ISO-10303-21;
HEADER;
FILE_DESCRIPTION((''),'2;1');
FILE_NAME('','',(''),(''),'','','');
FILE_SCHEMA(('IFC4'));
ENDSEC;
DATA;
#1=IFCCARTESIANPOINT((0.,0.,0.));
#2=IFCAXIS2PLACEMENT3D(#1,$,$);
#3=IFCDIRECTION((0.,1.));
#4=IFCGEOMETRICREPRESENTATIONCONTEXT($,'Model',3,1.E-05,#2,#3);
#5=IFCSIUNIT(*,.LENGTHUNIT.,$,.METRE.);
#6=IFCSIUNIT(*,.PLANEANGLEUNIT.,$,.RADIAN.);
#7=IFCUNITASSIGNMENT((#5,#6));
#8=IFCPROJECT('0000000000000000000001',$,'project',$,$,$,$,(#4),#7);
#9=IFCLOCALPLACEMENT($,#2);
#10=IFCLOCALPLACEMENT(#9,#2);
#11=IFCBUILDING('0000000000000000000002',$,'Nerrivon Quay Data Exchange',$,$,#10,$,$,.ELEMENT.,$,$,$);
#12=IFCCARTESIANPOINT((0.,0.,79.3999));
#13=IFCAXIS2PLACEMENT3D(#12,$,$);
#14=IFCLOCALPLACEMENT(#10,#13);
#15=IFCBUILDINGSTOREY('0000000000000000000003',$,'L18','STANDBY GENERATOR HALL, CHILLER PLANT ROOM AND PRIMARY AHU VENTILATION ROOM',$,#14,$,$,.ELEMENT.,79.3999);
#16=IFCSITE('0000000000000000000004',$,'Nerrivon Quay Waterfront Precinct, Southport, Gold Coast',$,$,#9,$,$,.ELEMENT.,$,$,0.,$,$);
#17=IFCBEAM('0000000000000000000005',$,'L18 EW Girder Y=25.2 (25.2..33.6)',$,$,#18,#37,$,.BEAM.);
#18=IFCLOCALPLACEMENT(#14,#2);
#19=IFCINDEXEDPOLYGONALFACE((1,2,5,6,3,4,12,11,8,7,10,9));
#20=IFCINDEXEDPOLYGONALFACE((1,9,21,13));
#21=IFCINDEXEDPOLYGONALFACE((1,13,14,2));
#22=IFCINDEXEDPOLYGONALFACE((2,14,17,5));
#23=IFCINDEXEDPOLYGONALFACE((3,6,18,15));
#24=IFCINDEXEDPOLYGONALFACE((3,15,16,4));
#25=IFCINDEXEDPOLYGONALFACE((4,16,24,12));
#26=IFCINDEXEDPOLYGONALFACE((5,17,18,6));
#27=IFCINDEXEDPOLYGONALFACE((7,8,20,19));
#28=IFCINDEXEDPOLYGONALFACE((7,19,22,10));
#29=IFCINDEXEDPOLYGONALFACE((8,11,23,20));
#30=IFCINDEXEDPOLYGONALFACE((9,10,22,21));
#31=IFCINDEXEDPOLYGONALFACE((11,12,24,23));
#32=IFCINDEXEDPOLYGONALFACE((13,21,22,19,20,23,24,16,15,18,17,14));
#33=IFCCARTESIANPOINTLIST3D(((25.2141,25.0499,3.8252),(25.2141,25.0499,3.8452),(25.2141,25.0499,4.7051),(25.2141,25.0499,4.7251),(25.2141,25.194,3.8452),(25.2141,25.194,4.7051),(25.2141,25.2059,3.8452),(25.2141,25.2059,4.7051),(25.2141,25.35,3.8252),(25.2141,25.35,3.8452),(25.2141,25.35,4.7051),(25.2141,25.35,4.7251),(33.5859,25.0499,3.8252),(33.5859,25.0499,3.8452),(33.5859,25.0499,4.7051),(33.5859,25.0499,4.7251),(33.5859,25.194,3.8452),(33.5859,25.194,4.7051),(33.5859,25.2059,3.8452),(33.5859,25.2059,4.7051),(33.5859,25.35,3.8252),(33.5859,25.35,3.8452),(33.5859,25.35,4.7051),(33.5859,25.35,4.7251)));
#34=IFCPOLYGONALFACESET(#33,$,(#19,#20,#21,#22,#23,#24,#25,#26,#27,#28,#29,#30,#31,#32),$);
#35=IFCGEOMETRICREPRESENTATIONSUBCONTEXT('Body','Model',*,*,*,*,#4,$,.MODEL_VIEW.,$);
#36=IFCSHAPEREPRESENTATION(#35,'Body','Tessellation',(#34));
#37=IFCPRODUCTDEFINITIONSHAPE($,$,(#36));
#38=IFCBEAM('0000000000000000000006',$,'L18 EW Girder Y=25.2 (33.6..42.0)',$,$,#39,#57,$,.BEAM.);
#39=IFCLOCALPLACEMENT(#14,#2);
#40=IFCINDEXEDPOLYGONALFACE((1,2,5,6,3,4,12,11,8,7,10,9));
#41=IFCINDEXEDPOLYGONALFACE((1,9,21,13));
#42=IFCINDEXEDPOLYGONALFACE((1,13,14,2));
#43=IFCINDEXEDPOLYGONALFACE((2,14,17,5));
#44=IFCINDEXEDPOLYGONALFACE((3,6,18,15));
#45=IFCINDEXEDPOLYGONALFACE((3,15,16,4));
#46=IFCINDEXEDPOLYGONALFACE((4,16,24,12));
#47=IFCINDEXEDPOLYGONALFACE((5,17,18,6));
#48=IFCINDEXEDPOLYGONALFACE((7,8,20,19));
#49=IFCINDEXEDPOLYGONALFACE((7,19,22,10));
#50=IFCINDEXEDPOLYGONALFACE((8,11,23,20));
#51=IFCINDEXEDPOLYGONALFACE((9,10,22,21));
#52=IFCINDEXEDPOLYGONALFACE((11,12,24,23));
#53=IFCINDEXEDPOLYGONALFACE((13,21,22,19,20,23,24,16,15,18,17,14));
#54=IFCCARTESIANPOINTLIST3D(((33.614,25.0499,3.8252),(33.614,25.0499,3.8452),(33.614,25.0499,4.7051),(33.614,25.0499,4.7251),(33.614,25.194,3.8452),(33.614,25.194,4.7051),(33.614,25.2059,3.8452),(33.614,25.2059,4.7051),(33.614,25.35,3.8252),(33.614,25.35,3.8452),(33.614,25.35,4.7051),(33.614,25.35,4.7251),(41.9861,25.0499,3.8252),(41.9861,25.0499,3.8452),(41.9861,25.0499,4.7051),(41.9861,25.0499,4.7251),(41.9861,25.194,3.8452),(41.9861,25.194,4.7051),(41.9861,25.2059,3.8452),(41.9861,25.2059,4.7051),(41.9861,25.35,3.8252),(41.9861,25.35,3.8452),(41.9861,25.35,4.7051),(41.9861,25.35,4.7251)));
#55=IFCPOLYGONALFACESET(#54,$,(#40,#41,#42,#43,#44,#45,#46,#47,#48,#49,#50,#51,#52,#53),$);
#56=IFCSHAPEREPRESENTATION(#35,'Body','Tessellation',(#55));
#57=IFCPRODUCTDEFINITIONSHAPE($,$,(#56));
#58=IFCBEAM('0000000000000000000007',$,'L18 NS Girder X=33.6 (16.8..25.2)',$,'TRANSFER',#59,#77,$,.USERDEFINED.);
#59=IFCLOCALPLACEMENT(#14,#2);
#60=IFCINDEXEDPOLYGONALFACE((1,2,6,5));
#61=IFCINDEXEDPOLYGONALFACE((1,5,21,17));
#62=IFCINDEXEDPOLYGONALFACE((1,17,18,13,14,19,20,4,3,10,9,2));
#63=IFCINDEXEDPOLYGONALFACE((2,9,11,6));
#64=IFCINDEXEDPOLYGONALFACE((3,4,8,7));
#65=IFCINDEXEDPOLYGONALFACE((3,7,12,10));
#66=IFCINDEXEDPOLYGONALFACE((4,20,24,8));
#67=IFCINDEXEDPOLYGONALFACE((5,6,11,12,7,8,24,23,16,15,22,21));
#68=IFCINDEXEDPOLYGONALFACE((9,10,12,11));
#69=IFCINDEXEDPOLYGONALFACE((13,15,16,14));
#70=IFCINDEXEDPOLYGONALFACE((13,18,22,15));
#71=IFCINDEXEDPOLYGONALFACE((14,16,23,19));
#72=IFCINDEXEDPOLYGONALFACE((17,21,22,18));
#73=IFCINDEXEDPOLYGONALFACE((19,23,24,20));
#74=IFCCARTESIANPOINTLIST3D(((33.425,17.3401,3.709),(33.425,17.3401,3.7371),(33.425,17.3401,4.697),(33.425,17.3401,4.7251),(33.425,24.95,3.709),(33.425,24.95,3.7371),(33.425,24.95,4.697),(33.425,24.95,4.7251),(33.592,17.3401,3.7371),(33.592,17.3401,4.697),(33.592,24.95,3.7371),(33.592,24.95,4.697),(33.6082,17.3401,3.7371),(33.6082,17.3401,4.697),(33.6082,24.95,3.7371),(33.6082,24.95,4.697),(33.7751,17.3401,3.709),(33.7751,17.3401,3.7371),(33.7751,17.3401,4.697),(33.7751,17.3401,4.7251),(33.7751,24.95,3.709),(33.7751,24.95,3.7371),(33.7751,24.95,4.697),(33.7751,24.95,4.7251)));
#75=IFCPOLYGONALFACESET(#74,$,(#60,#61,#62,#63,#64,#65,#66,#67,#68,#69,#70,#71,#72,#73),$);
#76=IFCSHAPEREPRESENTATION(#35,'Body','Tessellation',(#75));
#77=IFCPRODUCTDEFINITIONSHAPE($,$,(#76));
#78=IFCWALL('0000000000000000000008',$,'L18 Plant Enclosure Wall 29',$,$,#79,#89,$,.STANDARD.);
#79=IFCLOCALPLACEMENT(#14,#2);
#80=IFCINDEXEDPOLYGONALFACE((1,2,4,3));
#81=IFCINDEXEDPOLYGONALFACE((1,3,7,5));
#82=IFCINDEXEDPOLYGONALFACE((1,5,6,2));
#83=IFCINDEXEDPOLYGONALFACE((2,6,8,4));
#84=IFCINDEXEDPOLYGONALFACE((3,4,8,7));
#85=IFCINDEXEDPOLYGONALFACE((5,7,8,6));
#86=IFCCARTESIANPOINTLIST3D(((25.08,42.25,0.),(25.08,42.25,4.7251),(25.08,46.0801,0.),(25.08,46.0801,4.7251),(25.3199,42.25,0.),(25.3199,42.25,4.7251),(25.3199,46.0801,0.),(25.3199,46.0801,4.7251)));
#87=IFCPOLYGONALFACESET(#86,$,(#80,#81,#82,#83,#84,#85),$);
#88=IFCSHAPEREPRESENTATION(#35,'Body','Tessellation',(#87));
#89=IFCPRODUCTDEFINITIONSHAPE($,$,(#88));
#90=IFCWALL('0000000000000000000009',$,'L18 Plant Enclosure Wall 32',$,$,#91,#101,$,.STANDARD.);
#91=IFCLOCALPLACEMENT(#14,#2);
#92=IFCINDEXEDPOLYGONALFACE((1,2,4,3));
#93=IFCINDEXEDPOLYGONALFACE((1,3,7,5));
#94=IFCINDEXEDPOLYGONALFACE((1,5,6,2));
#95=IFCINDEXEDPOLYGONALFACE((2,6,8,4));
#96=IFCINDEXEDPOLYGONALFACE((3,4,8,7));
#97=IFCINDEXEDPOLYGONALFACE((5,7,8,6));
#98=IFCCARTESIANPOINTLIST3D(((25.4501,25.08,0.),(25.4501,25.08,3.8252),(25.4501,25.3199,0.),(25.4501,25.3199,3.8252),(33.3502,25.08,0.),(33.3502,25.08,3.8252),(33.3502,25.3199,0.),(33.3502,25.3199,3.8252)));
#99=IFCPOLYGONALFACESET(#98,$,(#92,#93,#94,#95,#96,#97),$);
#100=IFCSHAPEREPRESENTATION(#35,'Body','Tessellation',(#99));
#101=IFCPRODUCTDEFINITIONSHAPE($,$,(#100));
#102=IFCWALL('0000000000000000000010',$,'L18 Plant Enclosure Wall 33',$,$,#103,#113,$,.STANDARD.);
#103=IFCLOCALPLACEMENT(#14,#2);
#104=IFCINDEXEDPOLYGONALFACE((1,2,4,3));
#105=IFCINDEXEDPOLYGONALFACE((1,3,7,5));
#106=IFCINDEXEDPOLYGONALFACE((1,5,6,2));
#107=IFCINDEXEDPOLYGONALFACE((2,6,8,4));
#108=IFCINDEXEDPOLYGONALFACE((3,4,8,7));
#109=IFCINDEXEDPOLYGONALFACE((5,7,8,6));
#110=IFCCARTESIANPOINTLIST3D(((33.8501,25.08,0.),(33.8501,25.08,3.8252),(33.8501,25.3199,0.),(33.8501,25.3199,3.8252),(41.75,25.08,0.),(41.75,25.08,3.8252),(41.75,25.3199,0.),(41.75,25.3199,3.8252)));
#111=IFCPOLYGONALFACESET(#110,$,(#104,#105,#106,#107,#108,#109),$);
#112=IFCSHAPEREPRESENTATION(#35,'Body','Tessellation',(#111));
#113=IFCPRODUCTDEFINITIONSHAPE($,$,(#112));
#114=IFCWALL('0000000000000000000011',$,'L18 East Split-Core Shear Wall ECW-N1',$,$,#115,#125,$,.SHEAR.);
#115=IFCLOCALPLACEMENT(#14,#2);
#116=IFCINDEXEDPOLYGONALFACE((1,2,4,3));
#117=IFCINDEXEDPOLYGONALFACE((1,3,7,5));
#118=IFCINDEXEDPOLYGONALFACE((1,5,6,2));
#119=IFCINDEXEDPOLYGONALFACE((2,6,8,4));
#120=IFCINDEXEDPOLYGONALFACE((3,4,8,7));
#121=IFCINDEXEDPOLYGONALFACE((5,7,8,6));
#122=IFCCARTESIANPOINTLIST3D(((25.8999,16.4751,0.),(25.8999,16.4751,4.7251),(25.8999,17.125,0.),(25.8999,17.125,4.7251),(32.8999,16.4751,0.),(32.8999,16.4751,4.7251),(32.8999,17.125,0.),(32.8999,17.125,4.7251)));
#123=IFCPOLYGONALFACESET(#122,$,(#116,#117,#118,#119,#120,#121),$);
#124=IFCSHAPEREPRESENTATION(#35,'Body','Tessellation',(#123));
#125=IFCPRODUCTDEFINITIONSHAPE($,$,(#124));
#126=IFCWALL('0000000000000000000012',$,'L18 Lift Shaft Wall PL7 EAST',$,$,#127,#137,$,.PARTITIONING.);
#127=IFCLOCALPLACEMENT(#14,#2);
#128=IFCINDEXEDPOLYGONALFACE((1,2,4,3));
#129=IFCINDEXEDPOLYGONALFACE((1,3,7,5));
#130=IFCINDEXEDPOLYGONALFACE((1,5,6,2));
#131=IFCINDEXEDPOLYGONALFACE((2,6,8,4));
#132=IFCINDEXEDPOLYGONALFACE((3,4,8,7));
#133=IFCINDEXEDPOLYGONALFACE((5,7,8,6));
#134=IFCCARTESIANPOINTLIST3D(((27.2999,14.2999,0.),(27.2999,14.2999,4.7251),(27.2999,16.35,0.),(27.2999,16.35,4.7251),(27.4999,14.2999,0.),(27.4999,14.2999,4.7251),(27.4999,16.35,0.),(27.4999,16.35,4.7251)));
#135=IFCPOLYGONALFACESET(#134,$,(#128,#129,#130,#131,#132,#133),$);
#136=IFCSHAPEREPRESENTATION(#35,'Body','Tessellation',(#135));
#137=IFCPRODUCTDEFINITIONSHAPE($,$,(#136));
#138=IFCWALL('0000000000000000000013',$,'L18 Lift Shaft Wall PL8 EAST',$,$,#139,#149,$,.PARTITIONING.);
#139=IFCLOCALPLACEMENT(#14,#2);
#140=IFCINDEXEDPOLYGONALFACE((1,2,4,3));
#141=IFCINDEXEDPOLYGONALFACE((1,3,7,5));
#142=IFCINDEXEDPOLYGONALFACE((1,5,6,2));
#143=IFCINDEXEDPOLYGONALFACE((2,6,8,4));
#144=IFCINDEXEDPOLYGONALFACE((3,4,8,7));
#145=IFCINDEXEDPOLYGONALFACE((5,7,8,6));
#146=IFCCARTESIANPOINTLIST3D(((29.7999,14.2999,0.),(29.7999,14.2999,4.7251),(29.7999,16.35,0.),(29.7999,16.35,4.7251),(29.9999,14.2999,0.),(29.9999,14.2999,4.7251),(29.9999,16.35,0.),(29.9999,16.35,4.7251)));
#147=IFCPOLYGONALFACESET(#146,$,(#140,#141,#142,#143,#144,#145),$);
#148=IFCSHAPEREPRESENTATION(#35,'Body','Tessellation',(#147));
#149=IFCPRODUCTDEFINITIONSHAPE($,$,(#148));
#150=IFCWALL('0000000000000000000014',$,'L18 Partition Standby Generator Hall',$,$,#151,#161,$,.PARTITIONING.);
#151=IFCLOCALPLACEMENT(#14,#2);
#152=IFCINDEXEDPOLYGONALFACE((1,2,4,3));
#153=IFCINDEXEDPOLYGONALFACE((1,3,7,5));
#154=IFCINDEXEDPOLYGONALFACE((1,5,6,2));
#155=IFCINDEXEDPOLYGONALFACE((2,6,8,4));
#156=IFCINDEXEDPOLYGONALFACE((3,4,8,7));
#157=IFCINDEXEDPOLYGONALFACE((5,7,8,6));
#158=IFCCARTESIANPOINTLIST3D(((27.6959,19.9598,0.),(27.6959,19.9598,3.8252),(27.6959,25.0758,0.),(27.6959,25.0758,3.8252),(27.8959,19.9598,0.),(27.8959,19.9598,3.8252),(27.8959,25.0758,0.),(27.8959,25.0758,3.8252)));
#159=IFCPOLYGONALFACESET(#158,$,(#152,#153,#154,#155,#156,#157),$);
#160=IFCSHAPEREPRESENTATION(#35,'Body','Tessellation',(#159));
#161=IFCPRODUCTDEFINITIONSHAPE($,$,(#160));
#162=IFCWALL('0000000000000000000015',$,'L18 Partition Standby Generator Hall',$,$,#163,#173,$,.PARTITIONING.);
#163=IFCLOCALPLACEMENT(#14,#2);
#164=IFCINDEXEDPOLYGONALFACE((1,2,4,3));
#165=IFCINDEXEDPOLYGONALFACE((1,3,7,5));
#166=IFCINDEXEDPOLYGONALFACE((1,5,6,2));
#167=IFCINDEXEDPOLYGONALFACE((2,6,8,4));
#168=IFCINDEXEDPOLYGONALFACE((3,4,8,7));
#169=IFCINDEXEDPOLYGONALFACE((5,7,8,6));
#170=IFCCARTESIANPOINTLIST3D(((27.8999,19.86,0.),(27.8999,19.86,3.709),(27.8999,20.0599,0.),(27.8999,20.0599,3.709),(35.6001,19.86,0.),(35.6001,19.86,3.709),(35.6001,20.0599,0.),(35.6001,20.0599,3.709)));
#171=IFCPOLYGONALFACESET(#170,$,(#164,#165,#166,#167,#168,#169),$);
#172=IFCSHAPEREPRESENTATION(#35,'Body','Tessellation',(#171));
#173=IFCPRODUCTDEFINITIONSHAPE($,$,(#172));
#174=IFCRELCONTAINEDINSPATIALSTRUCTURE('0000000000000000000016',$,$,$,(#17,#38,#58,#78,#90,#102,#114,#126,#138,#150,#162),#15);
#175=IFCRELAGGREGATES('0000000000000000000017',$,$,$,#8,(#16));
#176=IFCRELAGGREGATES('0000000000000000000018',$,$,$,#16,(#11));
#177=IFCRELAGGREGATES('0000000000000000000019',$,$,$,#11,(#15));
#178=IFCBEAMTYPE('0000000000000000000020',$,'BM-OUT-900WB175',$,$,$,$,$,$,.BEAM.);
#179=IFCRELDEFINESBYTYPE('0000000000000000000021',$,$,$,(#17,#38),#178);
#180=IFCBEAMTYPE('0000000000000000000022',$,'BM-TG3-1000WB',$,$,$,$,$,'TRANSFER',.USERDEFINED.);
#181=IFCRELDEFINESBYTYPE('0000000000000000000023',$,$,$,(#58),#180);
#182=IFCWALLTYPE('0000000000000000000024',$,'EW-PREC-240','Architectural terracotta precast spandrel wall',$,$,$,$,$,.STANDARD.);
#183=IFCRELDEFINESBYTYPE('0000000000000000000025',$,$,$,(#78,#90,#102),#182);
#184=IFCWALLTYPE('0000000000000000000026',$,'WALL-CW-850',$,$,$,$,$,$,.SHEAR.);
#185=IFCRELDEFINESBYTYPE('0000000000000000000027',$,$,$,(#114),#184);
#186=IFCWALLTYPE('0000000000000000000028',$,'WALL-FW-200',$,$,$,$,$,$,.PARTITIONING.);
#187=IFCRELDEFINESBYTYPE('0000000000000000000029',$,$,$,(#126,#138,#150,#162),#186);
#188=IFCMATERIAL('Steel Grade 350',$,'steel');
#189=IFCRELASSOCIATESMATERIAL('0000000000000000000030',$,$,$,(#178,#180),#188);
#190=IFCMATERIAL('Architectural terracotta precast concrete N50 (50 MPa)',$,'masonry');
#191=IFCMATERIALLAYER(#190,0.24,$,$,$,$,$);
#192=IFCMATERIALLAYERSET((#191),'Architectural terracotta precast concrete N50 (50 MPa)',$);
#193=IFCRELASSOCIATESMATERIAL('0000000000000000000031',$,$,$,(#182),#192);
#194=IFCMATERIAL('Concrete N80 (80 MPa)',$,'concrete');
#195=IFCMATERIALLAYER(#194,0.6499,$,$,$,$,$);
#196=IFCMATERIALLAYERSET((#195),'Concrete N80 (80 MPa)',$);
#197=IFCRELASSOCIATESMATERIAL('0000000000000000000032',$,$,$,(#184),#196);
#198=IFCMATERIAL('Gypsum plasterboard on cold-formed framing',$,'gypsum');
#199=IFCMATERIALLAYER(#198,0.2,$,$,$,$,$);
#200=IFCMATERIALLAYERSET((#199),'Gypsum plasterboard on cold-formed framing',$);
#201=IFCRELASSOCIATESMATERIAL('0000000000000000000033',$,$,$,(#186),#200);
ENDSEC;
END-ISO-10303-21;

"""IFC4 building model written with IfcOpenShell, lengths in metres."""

from ifc_helpers import new_model, si_unit, direction, frame, frame_2d, origin, origin_2d, place, context, subcontext, project, spatial, rectangle, i_section, extrude, material, layer, layer_set, material_profile, profile_set, type_object, element, save


model = new_model("IFC4")

# Units and contexts
model_context = context("Model", 3, precision=1e-05, world=origin(), true_north=direction((0.0, 1.0)))
body_context = subcontext(model_context, "Body", "Model", "MODEL_VIEW")
ifc_project = project(units=[si_unit("LENGTHUNIT", "METRE"), si_unit("PLANEANGLEUNIT", "RADIAN")], contexts=[model_context])

# Site, building, storey
site_placement = place(None, origin())
site = spatial("IfcSite", under=ifc_project, at=site_placement, Name="Nerrivon Quay Waterfront Precinct, Southport, Gold Coast", CompositionType="ELEMENT", RefElevation=0.0)
building_placement = place(site_placement, origin())
building = spatial("IfcBuilding", under=site, at=building_placement, Name="Nerrivon Quay Data Exchange", CompositionType="ELEMENT")
storey_placement = place(building_placement, frame((0.0, 0.0, 79.3999)))
storey = spatial("IfcBuildingStorey", under=building, at=storey_placement, Name="L18", Description="STANDBY GENERATOR HALL, CHILLER PLANT ROOM AND PRIMARY AHU VENTILATION ROOM", CompositionType="ELEMENT", Elevation=79.3999)

# Shared definitions
ifc_material_1 = material(Name="Concrete N80 (80 MPa)", Category="concrete")
ifc_material_2 = material(Name="Steel Grade 350", Category="steel")

# Beams
ifc_material_profile_1 = material_profile(ifc_material_2, i_section(OverallWidth=0.3, OverallDepth=0.8999, WebThickness=0.012, FlangeThickness=0.02, at=origin_2d()), Name="900WB175")
ifc_profile_set_1 = profile_set([ifc_material_profile_1], Name="Steel Grade 350")
beam_type_1 = type_object("IfcBeamType", Name="BM-OUT-900WB175", PredefinedType="BEAM", material=ifc_profile_set_1)
beam_1_placement = place(storey_placement, frame((25.2141, 25.2, 4.2751), z_axis=(1.0, 0.0, 0.0), x_axis=(0.0, 1.0, 0.0)))
element("IfcBeam", 1, at=beam_1_placement, inside=storey, type_object=beam_type_1, Name="L18 EW Girder Y=25.2 (25.2..33.6)", PredefinedType="BEAM", context=body_context, shape_type="SweptSolid", body=[
    extrude(i_section(OverallWidth=0.3, OverallDepth=0.8999, WebThickness=0.012, FlangeThickness=0.02, at=origin_2d()), origin(), (0.0, 0.0, 1.0), 8.3718),
])
beam_2_placement = place(storey_placement, frame((33.614, 25.2, 4.2751), z_axis=(1.0, 0.0, 0.0), x_axis=(0.0, 1.0, 0.0)))
element("IfcBeam", 2, at=beam_2_placement, inside=storey, type_object=beam_type_1, Name="L18 EW Girder Y=25.2 (33.6..42.0)", PredefinedType="BEAM", context=body_context, shape_type="SweptSolid", body=[
    extrude(i_section(OverallWidth=0.3, OverallDepth=0.8999, WebThickness=0.012, FlangeThickness=0.02, at=origin_2d()), origin(), (0.0, 0.0, 1.0), 8.3721),
])
ifc_material_profile_2 = material_profile(ifc_material_2, i_section(OverallWidth=0.3501, OverallDepth=1.0161, WebThickness=0.0161, FlangeThickness=0.0281, at=origin_2d()), Name="1000WB258")
ifc_profile_set_2 = profile_set([ifc_material_profile_2], Name="Steel Grade 350")
beam_type_2 = type_object("IfcBeamType", Name="BM-TG3-1000WB", ElementType="TRANSFER", PredefinedType="USERDEFINED", material=ifc_profile_set_2)
beam_3_placement = place(storey_placement, frame((33.6001, 17.3401, 4.217), z_axis=(0.0, 1.0, 0.0), x_axis=(-1.0, 0.0, 0.0)))
element("IfcBeam", 3, at=beam_3_placement, inside=storey, type_object=beam_type_2, Name="L18 NS Girder X=33.6 (16.8..25.2)", ObjectType="TRANSFER", PredefinedType="USERDEFINED", context=body_context, shape_type="SweptSolid", body=[
    extrude(i_section(OverallWidth=0.3501, OverallDepth=1.0161, WebThickness=0.0161, FlangeThickness=0.0281, at=origin_2d()), origin(), (0.0, 0.0, 1.0), 7.6099),
])

# Walls
ifc_material_3 = material(Name="Architectural terracotta precast concrete N50 (50 MPa)", Category="masonry")
ifc_layer_1 = layer(ifc_material_3, 0.24)
ifc_layer_set_1 = layer_set([ifc_layer_1], Name="Architectural terracotta precast concrete N50 (50 MPa)")
wall_type_1 = type_object("IfcWallType", Name="EW-PREC-240", Description="Architectural terracotta precast spandrel wall", PredefinedType="STANDARD", material=ifc_layer_set_1)
wall_1_placement = place(storey_placement, frame((25.2, 46.0801, 0.0), z_axis=(0.0, 0.0, 1.0), x_axis=(0.0, -1.0, 0.0)))
element("IfcWall", 4, at=wall_1_placement, inside=storey, type_object=wall_type_1, Name="L18 Plant Enclosure Wall 29", PredefinedType="STANDARD", context=body_context, shape_type="SweptSolid", body=[
    extrude(rectangle(XDim=3.8301, YDim=0.24, at=frame_2d((1.915, 0.0))), origin(), (0.0, 0.0, 1.0), 4.7251),
])
wall_2_placement = place(storey_placement, frame((25.45, 25.2, 0.0), z_axis=(0.0, 0.0, 1.0), x_axis=(1.0, 0.0, 0.0)))
element("IfcWall", 5, at=wall_2_placement, inside=storey, type_object=wall_type_1, Name="L18 Plant Enclosure Wall 32", PredefinedType="STANDARD", context=body_context, shape_type="SweptSolid", body=[
    extrude(rectangle(XDim=7.9001, YDim=0.24, at=frame_2d((3.9502, 0.0))), origin(), (0.0, 0.0, 1.0), 3.8252),
])
wall_3_placement = place(storey_placement, frame((33.8501, 25.2, 0.0), z_axis=(0.0, 0.0, 1.0), x_axis=(1.0, 0.0, 0.0)))
element("IfcWall", 6, at=wall_3_placement, inside=storey, type_object=wall_type_1, Name="L18 Plant Enclosure Wall 33", PredefinedType="STANDARD", context=body_context, shape_type="SweptSolid", body=[
    extrude(rectangle(XDim=7.8999, YDim=0.24, at=frame_2d((3.95, 0.0))), origin(), (0.0, 0.0, 1.0), 3.8252),
])
ifc_layer_2 = layer(ifc_material_1, 0.6499)
ifc_layer_set_2 = layer_set([ifc_layer_2], Name="Concrete N80 (80 MPa)")
wall_type_2 = type_object("IfcWallType", Name="WALL-CW-850", PredefinedType="SHEAR", material=ifc_layer_set_2)
wall_4_placement = place(storey_placement, frame((25.8999, 16.8, 0.0), z_axis=(0.0, 0.0, 1.0), x_axis=(1.0, 0.0, 0.0)))
element("IfcWall", 7, at=wall_4_placement, inside=storey, type_object=wall_type_2, Name="L18 East Split-Core Shear Wall ECW-N1", PredefinedType="SHEAR", context=body_context, shape_type="SweptSolid", body=[
    extrude(rectangle(XDim=7.0, YDim=0.6499, at=frame_2d((3.5, 0.0))), origin(), (0.0, 0.0, 1.0), 4.7251),
])
ifc_material_4 = material(Name="Gypsum plasterboard on cold-formed framing", Category="gypsum")
ifc_layer_3 = layer(ifc_material_4, 0.2)
ifc_layer_set_3 = layer_set([ifc_layer_3], Name="Gypsum plasterboard on cold-formed framing")
wall_type_3 = type_object("IfcWallType", Name="WALL-FW-200", PredefinedType="PARTITIONING", material=ifc_layer_set_3)
for number, where, z_axis, x_axis, name in (
    (8, (27.3999, 14.3, 0.0), (0.0, 0.0, 1.0), (0.0, 1.0, 0.0), "L18 Lift Shaft Wall PL7 EAST"),
    (9, (29.8999, 14.3, 0.0), (0.0, 0.0, 1.0), (0.0, 1.0, 0.0), "L18 Lift Shaft Wall PL8 EAST"),
):
    element("IfcWall", number, at=place(storey_placement, frame(where, z_axis=z_axis, x_axis=x_axis)), inside=storey, type_object=wall_type_3, Name=name, PredefinedType="PARTITIONING", context=body_context, shape_type="SweptSolid", body=[
        extrude(rectangle(XDim=2.05, YDim=0.2, at=frame_2d((1.0249, 0.0))), origin(), (0.0, 0.0, 1.0), 4.7251),
    ])
wall_5_placement = place(storey_placement, frame((27.7959, 25.0759, 0.0), z_axis=(0.0, 0.0, 1.0), x_axis=(0.0, -1.0, 0.0)))
element("IfcWall", 10, at=wall_5_placement, inside=storey, type_object=wall_type_3, Name="L18 Partition Standby Generator Hall", PredefinedType="PARTITIONING", context=body_context, shape_type="SweptSolid", body=[
    extrude(rectangle(XDim=5.116, YDim=0.2, at=frame_2d((2.5581, 0.0))), origin(), (0.0, 0.0, 1.0), 3.8252),
])
wall_6_placement = place(storey_placement, frame((27.8999, 19.96, 0.0), z_axis=(0.0, 0.0, 1.0), x_axis=(1.0, 0.0, 0.0)))
element("IfcWall", 11, at=wall_6_placement, inside=storey, type_object=wall_type_3, Name="L18 Partition Standby Generator Hall", PredefinedType="PARTITIONING", context=body_context, shape_type="SweptSolid", body=[
    extrude(rectangle(XDim=7.7002, YDim=0.2, at=frame_2d((3.8501, 0.0))), origin(), (0.0, 0.0, 1.0), 3.709),
])

save(model, "model.ifc")
